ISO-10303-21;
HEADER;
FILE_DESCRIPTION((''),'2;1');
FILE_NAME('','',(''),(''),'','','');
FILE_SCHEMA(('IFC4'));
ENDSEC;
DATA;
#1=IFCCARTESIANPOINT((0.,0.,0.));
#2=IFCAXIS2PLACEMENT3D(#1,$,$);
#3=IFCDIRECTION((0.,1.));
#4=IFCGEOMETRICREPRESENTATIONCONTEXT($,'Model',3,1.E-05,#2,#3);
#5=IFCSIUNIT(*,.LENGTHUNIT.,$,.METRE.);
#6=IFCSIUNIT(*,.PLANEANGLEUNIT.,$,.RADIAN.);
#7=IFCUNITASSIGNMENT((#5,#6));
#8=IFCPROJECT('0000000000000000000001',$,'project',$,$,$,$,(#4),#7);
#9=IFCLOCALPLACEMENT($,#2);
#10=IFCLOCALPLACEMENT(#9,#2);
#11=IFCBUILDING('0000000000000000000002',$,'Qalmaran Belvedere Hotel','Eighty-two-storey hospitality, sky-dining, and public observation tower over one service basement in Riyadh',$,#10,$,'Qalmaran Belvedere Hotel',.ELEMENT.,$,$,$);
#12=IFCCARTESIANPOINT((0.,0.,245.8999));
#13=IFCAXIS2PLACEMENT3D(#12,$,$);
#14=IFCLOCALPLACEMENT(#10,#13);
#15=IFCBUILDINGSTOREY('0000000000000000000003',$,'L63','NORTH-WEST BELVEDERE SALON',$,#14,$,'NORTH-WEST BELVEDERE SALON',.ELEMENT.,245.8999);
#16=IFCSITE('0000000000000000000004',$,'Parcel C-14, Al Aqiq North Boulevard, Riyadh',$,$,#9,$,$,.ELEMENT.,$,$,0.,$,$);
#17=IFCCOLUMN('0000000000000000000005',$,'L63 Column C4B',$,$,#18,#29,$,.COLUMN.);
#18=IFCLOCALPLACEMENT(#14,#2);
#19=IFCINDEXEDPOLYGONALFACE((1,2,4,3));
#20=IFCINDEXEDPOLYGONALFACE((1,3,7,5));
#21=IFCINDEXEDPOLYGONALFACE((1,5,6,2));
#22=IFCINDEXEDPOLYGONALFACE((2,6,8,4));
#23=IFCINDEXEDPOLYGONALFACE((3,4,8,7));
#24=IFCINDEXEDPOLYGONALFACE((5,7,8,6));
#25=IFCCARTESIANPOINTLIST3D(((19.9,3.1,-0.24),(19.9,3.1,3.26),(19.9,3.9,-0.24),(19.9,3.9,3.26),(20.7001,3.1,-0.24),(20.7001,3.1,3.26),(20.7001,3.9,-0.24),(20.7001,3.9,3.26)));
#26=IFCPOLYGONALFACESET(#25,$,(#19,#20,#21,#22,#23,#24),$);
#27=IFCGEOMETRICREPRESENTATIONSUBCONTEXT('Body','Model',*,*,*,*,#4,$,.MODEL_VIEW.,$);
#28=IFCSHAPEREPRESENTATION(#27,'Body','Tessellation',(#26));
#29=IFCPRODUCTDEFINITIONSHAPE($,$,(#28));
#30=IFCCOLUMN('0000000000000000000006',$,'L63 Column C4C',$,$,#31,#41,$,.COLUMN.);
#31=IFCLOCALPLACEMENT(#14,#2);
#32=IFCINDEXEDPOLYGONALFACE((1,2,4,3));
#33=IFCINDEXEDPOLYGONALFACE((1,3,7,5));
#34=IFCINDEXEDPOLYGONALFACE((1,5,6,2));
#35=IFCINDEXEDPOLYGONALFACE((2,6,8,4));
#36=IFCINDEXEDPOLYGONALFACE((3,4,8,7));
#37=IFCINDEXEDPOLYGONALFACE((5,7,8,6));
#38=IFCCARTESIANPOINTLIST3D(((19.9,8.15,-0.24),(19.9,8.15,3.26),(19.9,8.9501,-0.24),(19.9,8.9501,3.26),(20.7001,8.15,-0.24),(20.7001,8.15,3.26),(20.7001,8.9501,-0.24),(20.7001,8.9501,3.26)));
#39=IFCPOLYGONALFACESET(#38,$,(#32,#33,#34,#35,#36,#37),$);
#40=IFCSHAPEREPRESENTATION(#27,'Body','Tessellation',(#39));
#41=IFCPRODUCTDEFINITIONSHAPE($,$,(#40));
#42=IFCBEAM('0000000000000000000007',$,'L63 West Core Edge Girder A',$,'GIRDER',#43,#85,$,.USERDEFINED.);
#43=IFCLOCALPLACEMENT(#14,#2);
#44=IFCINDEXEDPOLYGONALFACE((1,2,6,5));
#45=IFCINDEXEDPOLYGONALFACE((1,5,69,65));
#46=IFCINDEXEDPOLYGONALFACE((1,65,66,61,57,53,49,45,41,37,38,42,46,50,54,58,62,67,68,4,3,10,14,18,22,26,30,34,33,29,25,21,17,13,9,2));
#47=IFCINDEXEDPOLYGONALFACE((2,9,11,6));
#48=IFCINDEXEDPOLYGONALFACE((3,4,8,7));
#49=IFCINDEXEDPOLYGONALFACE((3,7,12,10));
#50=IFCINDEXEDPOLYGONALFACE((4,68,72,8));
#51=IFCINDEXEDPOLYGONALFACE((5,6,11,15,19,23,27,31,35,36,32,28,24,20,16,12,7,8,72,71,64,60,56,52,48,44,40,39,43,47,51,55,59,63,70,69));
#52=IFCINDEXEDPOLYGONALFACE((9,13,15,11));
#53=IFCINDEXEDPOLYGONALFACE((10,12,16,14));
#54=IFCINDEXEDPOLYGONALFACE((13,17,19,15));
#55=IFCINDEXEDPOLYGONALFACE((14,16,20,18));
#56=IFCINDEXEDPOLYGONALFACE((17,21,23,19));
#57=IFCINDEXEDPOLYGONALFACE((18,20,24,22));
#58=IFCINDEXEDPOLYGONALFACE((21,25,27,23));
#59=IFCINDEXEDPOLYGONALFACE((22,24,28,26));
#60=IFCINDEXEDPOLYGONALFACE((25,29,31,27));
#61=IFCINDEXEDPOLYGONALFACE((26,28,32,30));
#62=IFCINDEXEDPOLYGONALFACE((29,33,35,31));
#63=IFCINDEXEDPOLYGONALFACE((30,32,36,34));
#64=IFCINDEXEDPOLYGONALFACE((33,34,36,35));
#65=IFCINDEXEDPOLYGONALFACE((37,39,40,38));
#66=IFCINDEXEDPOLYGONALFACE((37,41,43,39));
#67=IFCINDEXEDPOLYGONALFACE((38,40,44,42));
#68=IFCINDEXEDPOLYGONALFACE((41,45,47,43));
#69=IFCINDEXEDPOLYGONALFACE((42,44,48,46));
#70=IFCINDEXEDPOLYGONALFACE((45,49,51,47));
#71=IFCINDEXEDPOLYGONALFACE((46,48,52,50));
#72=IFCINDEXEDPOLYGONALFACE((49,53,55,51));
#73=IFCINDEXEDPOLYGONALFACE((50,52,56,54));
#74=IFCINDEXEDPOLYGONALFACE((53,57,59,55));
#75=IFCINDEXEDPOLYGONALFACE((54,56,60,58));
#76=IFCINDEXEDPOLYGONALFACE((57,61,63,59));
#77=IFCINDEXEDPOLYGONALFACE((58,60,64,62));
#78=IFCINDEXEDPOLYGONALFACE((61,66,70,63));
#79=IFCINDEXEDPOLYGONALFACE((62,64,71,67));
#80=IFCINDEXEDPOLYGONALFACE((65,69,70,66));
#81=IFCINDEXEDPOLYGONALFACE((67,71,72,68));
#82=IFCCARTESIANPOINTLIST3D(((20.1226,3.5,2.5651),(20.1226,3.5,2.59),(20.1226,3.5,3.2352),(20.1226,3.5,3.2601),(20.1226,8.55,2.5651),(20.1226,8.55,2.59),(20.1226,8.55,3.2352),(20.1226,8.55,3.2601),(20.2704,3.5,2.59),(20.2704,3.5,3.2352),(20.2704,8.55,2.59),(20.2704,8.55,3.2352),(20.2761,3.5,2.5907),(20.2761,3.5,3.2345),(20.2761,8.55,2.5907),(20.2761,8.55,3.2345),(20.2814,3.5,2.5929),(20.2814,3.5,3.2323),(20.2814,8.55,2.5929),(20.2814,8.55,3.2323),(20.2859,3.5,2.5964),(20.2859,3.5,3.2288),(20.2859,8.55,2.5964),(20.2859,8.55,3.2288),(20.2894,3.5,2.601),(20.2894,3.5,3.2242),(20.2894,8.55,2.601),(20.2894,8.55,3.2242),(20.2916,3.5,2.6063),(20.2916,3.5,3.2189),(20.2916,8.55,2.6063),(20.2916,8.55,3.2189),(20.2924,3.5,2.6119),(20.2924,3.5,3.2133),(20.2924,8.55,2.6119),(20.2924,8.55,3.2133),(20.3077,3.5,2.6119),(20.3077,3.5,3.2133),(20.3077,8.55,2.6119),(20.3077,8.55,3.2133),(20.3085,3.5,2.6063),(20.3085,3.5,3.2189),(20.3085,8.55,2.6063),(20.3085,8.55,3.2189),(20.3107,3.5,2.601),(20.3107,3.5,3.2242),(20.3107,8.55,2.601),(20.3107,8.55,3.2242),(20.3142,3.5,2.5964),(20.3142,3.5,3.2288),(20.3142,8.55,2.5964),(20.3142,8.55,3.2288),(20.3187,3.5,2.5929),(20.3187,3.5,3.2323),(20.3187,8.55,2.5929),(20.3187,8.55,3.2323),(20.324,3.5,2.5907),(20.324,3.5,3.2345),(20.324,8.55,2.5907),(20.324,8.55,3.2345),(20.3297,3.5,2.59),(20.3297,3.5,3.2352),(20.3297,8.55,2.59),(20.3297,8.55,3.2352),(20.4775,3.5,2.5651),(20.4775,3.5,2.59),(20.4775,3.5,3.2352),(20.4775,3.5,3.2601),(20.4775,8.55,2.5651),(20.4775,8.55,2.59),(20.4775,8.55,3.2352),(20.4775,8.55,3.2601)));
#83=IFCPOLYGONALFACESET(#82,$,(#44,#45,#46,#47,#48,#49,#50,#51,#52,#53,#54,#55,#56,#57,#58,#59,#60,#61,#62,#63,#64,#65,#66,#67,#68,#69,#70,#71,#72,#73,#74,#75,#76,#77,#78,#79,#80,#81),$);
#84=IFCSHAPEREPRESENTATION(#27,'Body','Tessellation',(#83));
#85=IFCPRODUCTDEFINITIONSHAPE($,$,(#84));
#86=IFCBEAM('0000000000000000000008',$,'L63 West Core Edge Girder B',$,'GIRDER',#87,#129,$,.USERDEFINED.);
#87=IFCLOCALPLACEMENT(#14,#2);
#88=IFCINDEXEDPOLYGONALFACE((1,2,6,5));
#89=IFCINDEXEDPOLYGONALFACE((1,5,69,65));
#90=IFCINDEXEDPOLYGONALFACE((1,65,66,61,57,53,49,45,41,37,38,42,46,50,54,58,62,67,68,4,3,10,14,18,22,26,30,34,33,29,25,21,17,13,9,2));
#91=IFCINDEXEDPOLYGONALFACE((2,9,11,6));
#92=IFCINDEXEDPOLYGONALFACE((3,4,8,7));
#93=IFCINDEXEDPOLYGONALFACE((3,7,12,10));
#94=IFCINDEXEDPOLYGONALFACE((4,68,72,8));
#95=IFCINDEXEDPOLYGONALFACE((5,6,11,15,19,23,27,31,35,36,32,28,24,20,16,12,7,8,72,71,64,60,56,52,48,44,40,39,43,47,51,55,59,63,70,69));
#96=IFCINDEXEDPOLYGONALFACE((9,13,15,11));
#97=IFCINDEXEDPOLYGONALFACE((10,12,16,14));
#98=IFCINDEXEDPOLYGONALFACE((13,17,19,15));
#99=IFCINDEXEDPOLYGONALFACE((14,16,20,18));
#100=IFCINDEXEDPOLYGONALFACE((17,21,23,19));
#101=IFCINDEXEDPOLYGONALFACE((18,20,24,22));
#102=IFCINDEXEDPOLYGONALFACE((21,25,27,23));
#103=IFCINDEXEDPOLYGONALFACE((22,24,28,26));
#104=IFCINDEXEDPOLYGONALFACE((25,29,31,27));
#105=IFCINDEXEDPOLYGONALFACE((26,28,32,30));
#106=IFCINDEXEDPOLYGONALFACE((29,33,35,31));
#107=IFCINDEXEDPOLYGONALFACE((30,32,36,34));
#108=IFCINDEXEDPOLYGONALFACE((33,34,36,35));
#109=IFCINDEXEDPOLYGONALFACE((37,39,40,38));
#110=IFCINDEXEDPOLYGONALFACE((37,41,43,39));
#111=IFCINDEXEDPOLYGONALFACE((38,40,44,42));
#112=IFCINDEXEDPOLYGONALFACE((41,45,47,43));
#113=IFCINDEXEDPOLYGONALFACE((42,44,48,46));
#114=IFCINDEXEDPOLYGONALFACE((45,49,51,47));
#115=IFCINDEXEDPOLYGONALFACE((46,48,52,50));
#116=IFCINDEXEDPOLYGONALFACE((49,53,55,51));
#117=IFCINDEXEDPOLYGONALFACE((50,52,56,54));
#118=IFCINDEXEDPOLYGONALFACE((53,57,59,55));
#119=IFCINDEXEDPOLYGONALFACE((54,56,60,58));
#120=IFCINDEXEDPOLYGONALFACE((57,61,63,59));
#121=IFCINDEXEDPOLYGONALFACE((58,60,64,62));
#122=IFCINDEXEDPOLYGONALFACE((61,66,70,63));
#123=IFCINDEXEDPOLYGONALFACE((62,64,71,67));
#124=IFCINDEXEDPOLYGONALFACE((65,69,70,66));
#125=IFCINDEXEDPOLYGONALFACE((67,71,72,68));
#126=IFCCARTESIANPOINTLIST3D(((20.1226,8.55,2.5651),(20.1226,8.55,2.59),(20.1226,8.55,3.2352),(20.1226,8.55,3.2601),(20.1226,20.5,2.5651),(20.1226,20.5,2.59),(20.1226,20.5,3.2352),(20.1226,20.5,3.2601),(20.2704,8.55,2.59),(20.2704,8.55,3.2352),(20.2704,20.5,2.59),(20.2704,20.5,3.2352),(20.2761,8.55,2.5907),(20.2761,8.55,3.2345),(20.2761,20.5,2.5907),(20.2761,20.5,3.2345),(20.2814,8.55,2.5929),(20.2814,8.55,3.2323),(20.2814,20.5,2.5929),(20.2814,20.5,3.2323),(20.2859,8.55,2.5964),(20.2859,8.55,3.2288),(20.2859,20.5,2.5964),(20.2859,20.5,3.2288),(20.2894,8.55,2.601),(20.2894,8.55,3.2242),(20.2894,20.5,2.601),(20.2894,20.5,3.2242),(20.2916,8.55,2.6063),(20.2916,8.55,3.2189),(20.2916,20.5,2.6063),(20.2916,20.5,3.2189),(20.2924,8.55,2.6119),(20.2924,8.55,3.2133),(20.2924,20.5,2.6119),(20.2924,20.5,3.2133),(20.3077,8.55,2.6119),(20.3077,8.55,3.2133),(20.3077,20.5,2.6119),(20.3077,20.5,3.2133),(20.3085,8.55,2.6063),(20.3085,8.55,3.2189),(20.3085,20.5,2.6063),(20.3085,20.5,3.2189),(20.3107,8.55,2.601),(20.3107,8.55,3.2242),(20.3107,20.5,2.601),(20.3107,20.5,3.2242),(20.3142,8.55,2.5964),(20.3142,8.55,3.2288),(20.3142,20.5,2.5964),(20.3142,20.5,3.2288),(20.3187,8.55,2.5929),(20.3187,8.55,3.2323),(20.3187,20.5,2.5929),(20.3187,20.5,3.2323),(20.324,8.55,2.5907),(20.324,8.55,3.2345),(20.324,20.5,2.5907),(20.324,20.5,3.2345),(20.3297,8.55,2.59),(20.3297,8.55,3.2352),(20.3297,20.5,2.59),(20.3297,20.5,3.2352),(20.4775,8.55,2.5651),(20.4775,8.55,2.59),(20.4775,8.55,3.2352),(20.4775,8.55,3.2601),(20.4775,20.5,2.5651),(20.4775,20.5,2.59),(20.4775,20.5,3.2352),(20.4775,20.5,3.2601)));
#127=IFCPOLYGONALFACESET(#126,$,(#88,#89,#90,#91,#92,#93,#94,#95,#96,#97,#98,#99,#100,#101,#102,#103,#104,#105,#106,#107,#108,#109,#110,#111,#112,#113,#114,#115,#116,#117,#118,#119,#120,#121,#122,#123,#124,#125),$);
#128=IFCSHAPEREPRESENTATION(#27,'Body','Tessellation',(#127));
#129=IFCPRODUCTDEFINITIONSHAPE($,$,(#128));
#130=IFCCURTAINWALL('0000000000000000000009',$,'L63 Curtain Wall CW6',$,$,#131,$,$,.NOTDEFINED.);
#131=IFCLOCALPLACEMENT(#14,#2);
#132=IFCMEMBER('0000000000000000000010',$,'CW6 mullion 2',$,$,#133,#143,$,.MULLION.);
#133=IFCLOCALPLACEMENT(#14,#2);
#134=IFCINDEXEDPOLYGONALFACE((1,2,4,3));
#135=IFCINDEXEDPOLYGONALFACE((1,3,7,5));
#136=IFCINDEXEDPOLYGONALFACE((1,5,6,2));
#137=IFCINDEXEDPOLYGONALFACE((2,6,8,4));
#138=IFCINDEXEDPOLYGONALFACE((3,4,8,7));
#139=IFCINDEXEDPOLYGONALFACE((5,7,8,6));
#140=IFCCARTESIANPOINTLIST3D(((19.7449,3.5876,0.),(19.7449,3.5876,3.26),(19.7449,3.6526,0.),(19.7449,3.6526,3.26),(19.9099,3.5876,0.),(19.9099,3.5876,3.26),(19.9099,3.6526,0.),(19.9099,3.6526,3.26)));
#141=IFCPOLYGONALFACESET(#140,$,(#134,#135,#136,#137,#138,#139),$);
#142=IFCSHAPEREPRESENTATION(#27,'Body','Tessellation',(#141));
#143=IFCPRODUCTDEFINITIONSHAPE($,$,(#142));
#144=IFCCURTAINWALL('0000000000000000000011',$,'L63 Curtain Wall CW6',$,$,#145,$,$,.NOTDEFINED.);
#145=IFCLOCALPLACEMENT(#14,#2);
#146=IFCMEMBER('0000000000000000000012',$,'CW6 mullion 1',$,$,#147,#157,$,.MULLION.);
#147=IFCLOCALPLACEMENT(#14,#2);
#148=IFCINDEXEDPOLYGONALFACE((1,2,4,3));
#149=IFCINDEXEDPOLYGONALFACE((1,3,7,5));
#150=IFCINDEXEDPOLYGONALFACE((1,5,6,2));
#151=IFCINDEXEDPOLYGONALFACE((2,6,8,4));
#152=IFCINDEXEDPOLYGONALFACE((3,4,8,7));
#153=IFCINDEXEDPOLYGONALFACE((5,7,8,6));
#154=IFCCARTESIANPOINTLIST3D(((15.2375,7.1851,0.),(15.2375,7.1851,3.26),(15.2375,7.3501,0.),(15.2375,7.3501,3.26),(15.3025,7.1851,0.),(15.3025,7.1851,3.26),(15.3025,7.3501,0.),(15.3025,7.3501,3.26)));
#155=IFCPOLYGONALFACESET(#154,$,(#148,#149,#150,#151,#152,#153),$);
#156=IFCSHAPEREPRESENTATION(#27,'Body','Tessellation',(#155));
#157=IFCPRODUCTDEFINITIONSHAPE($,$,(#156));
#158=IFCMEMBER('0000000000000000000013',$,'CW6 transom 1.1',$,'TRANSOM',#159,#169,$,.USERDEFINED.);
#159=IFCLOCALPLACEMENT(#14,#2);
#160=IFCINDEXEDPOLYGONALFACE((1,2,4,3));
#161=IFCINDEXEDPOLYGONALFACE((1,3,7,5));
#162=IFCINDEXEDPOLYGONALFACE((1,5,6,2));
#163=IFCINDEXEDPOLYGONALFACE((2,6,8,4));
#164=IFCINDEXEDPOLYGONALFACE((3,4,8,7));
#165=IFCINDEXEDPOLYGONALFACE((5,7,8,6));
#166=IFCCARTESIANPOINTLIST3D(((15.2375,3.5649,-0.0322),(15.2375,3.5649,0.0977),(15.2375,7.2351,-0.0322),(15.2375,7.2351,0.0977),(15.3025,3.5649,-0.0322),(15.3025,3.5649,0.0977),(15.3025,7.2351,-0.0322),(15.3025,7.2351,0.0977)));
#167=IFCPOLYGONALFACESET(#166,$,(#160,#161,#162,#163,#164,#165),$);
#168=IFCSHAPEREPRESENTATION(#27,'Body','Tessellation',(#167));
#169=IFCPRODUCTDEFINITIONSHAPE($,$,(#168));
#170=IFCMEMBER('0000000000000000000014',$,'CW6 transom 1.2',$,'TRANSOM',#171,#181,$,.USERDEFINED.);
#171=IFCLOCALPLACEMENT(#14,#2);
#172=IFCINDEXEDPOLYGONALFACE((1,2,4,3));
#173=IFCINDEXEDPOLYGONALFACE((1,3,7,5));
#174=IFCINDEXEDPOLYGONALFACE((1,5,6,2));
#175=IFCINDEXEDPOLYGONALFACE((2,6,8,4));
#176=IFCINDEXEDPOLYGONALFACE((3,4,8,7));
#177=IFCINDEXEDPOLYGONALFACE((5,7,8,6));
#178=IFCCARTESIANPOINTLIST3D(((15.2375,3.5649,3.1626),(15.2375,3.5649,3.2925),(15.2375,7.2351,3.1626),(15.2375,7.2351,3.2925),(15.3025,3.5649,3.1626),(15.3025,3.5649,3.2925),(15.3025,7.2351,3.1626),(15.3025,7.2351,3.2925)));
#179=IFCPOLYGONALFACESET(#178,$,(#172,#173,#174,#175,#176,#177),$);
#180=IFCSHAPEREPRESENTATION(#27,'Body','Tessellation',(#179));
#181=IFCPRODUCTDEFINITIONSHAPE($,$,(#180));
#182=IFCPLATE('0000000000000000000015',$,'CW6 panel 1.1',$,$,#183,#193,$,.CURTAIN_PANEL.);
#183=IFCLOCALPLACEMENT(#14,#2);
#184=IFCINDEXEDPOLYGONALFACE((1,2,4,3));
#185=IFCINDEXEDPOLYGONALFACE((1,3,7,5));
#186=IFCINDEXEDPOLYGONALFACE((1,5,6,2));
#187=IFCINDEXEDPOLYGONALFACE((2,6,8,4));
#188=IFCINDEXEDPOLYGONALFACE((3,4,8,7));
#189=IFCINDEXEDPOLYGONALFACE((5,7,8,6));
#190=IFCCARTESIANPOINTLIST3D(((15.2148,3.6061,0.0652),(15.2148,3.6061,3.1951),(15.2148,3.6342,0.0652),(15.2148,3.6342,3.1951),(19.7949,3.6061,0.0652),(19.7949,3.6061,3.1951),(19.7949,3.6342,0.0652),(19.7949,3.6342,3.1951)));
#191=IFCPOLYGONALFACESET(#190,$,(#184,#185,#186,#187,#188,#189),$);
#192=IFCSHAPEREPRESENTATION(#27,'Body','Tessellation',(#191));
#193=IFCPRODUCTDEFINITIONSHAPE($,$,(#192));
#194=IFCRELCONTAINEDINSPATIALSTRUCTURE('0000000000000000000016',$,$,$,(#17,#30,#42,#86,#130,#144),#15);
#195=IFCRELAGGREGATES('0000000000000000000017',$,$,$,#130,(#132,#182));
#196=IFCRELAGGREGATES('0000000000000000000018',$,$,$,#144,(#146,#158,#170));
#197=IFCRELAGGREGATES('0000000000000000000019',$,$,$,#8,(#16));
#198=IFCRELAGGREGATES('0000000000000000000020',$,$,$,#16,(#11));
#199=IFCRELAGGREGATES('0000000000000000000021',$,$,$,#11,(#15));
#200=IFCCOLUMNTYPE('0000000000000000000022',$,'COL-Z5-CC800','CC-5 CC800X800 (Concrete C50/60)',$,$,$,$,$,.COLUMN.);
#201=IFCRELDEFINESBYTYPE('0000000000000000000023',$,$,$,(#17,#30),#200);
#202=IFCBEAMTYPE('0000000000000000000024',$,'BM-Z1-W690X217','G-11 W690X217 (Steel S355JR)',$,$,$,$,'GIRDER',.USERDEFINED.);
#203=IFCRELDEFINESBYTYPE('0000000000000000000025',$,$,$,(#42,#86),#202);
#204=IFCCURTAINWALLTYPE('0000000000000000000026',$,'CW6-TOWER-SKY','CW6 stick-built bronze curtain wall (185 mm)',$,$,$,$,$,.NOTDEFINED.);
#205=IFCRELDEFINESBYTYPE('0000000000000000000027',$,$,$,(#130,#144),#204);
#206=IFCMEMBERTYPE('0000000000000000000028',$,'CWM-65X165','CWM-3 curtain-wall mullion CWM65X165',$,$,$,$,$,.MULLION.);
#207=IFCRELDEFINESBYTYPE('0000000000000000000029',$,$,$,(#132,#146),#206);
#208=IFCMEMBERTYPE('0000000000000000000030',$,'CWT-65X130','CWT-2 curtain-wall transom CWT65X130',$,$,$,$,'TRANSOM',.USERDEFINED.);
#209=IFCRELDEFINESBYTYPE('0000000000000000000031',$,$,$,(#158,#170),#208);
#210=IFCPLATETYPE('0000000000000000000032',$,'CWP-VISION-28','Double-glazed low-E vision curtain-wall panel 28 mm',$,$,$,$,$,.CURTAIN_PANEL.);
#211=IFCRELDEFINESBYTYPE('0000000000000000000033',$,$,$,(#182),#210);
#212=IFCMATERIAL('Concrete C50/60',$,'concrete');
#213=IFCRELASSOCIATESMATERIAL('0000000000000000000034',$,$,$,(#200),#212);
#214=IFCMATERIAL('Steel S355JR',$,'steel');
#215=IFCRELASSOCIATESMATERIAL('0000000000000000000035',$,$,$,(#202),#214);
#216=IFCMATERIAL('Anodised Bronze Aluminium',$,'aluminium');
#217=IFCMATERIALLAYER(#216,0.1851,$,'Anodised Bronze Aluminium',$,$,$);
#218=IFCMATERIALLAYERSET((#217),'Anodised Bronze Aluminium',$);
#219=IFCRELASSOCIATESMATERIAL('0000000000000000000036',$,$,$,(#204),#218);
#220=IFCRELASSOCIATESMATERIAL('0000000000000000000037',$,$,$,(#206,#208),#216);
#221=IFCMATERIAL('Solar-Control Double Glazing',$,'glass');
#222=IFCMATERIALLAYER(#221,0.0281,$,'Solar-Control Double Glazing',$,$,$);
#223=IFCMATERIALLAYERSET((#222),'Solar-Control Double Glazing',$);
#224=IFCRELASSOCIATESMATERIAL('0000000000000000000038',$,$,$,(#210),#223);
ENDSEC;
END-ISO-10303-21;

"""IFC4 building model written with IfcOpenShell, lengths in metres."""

from ifc_helpers import new_model, si_unit, direction, frame, origin, origin_2d, place, context, subcontext, project, spatial, rectangle, i_section, extrude, material, layer, layer_set, material_profile, profile_set, type_object, element, aggregate, save


model = new_model("IFC4")

# Units and contexts
model_context = context("Model", 3, precision=1e-05, world=origin(), true_north=direction((0.0, 1.0)))
body_context = subcontext(model_context, "Body", "Model", "MODEL_VIEW")
ifc_project = project(units=[si_unit("LENGTHUNIT", "METRE"), si_unit("PLANEANGLEUNIT", "RADIAN")], contexts=[model_context])

# Site, building, storey
site_placement = place(None, origin())
site = spatial("IfcSite", under=ifc_project, at=site_placement, Name="Parcel C-14, Al Aqiq North Boulevard, Riyadh", CompositionType="ELEMENT", RefElevation=0.0)
building_placement = place(site_placement, origin())
building = spatial("IfcBuilding", under=site, at=building_placement, Name="Qalmaran Belvedere Hotel", Description="Eighty-two-storey hospitality, sky-dining, and public observation tower over one service basement in Riyadh", LongName="Qalmaran Belvedere Hotel", CompositionType="ELEMENT")
storey_placement = place(building_placement, frame((0.0, 0.0, 245.8999)))
storey = spatial("IfcBuildingStorey", under=building, at=storey_placement, Name="L63", Description="NORTH-WEST BELVEDERE SALON", LongName="NORTH-WEST BELVEDERE SALON", CompositionType="ELEMENT", Elevation=245.8999)

# Columns
ifc_material_1 = material(Name="Concrete C50/60", Category="concrete")
ifc_material_profile_1 = material_profile(ifc_material_1, rectangle(XDim=0.8, YDim=0.8, at=origin_2d()), Name="CC800X800")
ifc_profile_set_1 = profile_set([ifc_material_profile_1], Name="Concrete C50/60")
column_type = type_object("IfcColumnType", Name="COL-Z5-CC800", Description="CC-5 CC800X800 (Concrete C50/60)", PredefinedType="COLUMN", material=ifc_profile_set_1)
for number, where, z_axis, x_axis, name in (
    (1, (20.3, 3.5, -0.24), (0.0, 0.0, 1.0), (1.0, 0.0, 0.0), "L63 Column C4B"),
    (2, (20.3, 8.55, -0.24), (0.0, 0.0, 1.0), (1.0, 0.0, 0.0), "L63 Column C4C"),
):
    element("IfcColumn", number, at=place(storey_placement, frame(where, z_axis=z_axis, x_axis=x_axis)), inside=storey, type_object=column_type, Name=name, PredefinedType="COLUMN", context=body_context, shape_type="SweptSolid", body=[
        extrude(rectangle(XDim=0.8, YDim=0.8, at=origin_2d()), origin(), (0.0, 0.0, 1.0), 3.5),
    ])

# Beams
ifc_material_2 = material(Name="Steel S355JR", Category="steel")
ifc_material_profile_2 = material_profile(ifc_material_2, i_section(OverallWidth=0.355, OverallDepth=0.6951, WebThickness=0.0154, FlangeThickness=0.0249, FilletRadius=0.022, at=origin_2d()), Name="W690X217")
ifc_profile_set_2 = profile_set([ifc_material_profile_2], Name="Steel S355JR")
beam_type = type_object("IfcBeamType", Name="BM-Z1-W690X217", Description="G-11 W690X217 (Steel S355JR)", ElementType="GIRDER", PredefinedType="USERDEFINED", material=ifc_profile_set_2)
beam_1_placement = place(storey_placement, frame((20.3, 3.5, 2.9126), z_axis=(0.0, 1.0, 0.0), x_axis=(-1.0, 0.0, 0.0)))
element("IfcBeam", 3, at=beam_1_placement, inside=storey, type_object=beam_type, Name="L63 West Core Edge Girder A", ObjectType="GIRDER", PredefinedType="USERDEFINED", context=body_context, shape_type="SweptSolid", body=[
    extrude(i_section(OverallWidth=0.355, OverallDepth=0.6951, WebThickness=0.0154, FlangeThickness=0.0249, FilletRadius=0.022, at=origin_2d()), origin(), (0.0, 0.0, 1.0), 5.05),
])
beam_2_placement = place(storey_placement, frame((20.3, 8.55, 2.9126), z_axis=(0.0, 1.0, 0.0), x_axis=(-1.0, 0.0, 0.0)))
element("IfcBeam", 4, at=beam_2_placement, inside=storey, type_object=beam_type, Name="L63 West Core Edge Girder B", ObjectType="GIRDER", PredefinedType="USERDEFINED", context=body_context, shape_type="SweptSolid", body=[
    extrude(i_section(OverallWidth=0.355, OverallDepth=0.6951, WebThickness=0.0154, FlangeThickness=0.0249, FilletRadius=0.022, at=origin_2d()), origin(), (0.0, 0.0, 1.0), 11.95),
])

# Curtain wall, member
ifc_material_3 = material(Name="Anodised Bronze Aluminium", Category="aluminium")
ifc_layer_1 = layer(ifc_material_3, 0.1851, Name="Anodised Bronze Aluminium")
ifc_layer_set_1 = layer_set([ifc_layer_1], Name="Anodised Bronze Aluminium")
curtain_wall_type = type_object("IfcCurtainWallType", Name="CW6-TOWER-SKY", Description="CW6 stick-built bronze curtain wall (185 mm)", PredefinedType="NOTDEFINED", material=ifc_layer_set_1)
curtain_wall_1_placement = place(storey_placement, origin())
curtain_wall_1 = element("IfcCurtainWall", 5, at=curtain_wall_1_placement, inside=storey, type_object=curtain_wall_type, Name="L63 Curtain Wall CW6", PredefinedType="NOTDEFINED")
ifc_material_profile_3 = material_profile(ifc_material_3, rectangle(XDim=0.0649, YDim=0.165, at=origin_2d()), Name="CWM65X165")
ifc_profile_set_3 = profile_set([ifc_material_profile_3], Name="Anodised Bronze Aluminium")
member_type_1 = type_object("IfcMemberType", Name="CWM-65X165", Description="CWM-3 curtain-wall mullion CWM65X165", PredefinedType="MULLION", material=ifc_profile_set_3)
member_1_placement = place(storey_placement, frame((19.8274, 3.6201, 0.0), z_axis=(0.0, 0.0, 1.0), x_axis=(0.0, 1.0, 0.0)))
member_1 = element("IfcMember", 6, at=member_1_placement, type_object=member_type_1, Name="CW6 mullion 2", PredefinedType="MULLION", context=body_context, shape_type="SweptSolid", body=[
    extrude(rectangle(XDim=0.0649, YDim=0.165, at=origin_2d()), origin(), (0.0, 0.0, 1.0), 3.26),
])

# Curtain wall, members
curtain_wall_2_placement = place(storey_placement, origin())
curtain_wall_2 = element("IfcCurtainWall", 7, at=curtain_wall_2_placement, inside=storey, type_object=curtain_wall_type, Name="L63 Curtain Wall CW6", PredefinedType="NOTDEFINED")
member_2_placement = place(storey_placement, frame((15.27, 7.2676, 0.0), z_axis=(0.0, 0.0, 1.0), x_axis=(1.0, 0.0, 0.0)))
member_2 = element("IfcMember", 8, at=member_2_placement, type_object=member_type_1, Name="CW6 mullion 1", PredefinedType="MULLION", context=body_context, shape_type="SweptSolid", body=[
    extrude(rectangle(XDim=0.0649, YDim=0.165, at=origin_2d()), origin(), (0.0, 0.0, 1.0), 3.26),
])
ifc_material_profile_4 = material_profile(ifc_material_3, rectangle(XDim=0.0649, YDim=0.1299, at=origin_2d()), Name="CWT65X130")
ifc_profile_set_4 = profile_set([ifc_material_profile_4], Name="Anodised Bronze Aluminium")
member_type_2 = type_object("IfcMemberType", Name="CWT-65X130", Description="CWT-2 curtain-wall transom CWT65X130", ElementType="TRANSOM", PredefinedType="USERDEFINED", material=ifc_profile_set_4)
member_3_placement = place(storey_placement, frame((15.27, 7.2351, 0.0327), z_axis=(0.0, -1.0, 0.0), x_axis=(1.0, 0.0, 0.0)))
member_3 = element("IfcMember", 9, at=member_3_placement, type_object=member_type_2, Name="CW6 transom 1.1", ObjectType="TRANSOM", PredefinedType="USERDEFINED", context=body_context, shape_type="SweptSolid", body=[
    extrude(rectangle(XDim=0.0649, YDim=0.1299, at=origin_2d()), origin(), (0.0, 0.0, 1.0), 3.6702),
])
member_4_placement = place(storey_placement, frame((15.27, 7.2351, 3.2275), z_axis=(0.0, -1.0, 0.0), x_axis=(1.0, 0.0, 0.0)))
member_4 = element("IfcMember", 10, at=member_4_placement, type_object=member_type_2, Name="CW6 transom 1.2", ObjectType="TRANSOM", PredefinedType="USERDEFINED", context=body_context, shape_type="SweptSolid", body=[
    extrude(rectangle(XDim=0.0649, YDim=0.1299, at=origin_2d()), origin(), (0.0, 0.0, 1.0), 3.6702),
])

# Plate
ifc_material_4 = material(Name="Solar-Control Double Glazing", Category="glass")
ifc_layer_2 = layer(ifc_material_4, 0.0281, Name="Solar-Control Double Glazing")
ifc_layer_set_2 = layer_set([ifc_layer_2], Name="Solar-Control Double Glazing")
plate_type = type_object("IfcPlateType", Name="CWP-VISION-28", Description="Double-glazed low-E vision curtain-wall panel 28 mm", PredefinedType="CURTAIN_PANEL", material=ifc_layer_set_2)
plate_1_placement = place(storey_placement, frame((17.5049, 3.6201, 0.0652), z_axis=(0.0, 0.0, 1.0), x_axis=(1.0, 0.0, 0.0)))
plate_1 = element("IfcPlate", 11, at=plate_1_placement, type_object=plate_type, Name="CW6 panel 1.1", PredefinedType="CURTAIN_PANEL", context=body_context, shape_type="SweptSolid", body=[
    extrude(rectangle(XDim=4.5801, YDim=0.0281, at=origin_2d()), origin(), (0.0, 0.0, 1.0), 3.1299),
])
aggregate(curtain_wall_1, [member_1, plate_1])
aggregate(curtain_wall_2, [member_2, member_3, member_4])

save(model, "model.ifc")
